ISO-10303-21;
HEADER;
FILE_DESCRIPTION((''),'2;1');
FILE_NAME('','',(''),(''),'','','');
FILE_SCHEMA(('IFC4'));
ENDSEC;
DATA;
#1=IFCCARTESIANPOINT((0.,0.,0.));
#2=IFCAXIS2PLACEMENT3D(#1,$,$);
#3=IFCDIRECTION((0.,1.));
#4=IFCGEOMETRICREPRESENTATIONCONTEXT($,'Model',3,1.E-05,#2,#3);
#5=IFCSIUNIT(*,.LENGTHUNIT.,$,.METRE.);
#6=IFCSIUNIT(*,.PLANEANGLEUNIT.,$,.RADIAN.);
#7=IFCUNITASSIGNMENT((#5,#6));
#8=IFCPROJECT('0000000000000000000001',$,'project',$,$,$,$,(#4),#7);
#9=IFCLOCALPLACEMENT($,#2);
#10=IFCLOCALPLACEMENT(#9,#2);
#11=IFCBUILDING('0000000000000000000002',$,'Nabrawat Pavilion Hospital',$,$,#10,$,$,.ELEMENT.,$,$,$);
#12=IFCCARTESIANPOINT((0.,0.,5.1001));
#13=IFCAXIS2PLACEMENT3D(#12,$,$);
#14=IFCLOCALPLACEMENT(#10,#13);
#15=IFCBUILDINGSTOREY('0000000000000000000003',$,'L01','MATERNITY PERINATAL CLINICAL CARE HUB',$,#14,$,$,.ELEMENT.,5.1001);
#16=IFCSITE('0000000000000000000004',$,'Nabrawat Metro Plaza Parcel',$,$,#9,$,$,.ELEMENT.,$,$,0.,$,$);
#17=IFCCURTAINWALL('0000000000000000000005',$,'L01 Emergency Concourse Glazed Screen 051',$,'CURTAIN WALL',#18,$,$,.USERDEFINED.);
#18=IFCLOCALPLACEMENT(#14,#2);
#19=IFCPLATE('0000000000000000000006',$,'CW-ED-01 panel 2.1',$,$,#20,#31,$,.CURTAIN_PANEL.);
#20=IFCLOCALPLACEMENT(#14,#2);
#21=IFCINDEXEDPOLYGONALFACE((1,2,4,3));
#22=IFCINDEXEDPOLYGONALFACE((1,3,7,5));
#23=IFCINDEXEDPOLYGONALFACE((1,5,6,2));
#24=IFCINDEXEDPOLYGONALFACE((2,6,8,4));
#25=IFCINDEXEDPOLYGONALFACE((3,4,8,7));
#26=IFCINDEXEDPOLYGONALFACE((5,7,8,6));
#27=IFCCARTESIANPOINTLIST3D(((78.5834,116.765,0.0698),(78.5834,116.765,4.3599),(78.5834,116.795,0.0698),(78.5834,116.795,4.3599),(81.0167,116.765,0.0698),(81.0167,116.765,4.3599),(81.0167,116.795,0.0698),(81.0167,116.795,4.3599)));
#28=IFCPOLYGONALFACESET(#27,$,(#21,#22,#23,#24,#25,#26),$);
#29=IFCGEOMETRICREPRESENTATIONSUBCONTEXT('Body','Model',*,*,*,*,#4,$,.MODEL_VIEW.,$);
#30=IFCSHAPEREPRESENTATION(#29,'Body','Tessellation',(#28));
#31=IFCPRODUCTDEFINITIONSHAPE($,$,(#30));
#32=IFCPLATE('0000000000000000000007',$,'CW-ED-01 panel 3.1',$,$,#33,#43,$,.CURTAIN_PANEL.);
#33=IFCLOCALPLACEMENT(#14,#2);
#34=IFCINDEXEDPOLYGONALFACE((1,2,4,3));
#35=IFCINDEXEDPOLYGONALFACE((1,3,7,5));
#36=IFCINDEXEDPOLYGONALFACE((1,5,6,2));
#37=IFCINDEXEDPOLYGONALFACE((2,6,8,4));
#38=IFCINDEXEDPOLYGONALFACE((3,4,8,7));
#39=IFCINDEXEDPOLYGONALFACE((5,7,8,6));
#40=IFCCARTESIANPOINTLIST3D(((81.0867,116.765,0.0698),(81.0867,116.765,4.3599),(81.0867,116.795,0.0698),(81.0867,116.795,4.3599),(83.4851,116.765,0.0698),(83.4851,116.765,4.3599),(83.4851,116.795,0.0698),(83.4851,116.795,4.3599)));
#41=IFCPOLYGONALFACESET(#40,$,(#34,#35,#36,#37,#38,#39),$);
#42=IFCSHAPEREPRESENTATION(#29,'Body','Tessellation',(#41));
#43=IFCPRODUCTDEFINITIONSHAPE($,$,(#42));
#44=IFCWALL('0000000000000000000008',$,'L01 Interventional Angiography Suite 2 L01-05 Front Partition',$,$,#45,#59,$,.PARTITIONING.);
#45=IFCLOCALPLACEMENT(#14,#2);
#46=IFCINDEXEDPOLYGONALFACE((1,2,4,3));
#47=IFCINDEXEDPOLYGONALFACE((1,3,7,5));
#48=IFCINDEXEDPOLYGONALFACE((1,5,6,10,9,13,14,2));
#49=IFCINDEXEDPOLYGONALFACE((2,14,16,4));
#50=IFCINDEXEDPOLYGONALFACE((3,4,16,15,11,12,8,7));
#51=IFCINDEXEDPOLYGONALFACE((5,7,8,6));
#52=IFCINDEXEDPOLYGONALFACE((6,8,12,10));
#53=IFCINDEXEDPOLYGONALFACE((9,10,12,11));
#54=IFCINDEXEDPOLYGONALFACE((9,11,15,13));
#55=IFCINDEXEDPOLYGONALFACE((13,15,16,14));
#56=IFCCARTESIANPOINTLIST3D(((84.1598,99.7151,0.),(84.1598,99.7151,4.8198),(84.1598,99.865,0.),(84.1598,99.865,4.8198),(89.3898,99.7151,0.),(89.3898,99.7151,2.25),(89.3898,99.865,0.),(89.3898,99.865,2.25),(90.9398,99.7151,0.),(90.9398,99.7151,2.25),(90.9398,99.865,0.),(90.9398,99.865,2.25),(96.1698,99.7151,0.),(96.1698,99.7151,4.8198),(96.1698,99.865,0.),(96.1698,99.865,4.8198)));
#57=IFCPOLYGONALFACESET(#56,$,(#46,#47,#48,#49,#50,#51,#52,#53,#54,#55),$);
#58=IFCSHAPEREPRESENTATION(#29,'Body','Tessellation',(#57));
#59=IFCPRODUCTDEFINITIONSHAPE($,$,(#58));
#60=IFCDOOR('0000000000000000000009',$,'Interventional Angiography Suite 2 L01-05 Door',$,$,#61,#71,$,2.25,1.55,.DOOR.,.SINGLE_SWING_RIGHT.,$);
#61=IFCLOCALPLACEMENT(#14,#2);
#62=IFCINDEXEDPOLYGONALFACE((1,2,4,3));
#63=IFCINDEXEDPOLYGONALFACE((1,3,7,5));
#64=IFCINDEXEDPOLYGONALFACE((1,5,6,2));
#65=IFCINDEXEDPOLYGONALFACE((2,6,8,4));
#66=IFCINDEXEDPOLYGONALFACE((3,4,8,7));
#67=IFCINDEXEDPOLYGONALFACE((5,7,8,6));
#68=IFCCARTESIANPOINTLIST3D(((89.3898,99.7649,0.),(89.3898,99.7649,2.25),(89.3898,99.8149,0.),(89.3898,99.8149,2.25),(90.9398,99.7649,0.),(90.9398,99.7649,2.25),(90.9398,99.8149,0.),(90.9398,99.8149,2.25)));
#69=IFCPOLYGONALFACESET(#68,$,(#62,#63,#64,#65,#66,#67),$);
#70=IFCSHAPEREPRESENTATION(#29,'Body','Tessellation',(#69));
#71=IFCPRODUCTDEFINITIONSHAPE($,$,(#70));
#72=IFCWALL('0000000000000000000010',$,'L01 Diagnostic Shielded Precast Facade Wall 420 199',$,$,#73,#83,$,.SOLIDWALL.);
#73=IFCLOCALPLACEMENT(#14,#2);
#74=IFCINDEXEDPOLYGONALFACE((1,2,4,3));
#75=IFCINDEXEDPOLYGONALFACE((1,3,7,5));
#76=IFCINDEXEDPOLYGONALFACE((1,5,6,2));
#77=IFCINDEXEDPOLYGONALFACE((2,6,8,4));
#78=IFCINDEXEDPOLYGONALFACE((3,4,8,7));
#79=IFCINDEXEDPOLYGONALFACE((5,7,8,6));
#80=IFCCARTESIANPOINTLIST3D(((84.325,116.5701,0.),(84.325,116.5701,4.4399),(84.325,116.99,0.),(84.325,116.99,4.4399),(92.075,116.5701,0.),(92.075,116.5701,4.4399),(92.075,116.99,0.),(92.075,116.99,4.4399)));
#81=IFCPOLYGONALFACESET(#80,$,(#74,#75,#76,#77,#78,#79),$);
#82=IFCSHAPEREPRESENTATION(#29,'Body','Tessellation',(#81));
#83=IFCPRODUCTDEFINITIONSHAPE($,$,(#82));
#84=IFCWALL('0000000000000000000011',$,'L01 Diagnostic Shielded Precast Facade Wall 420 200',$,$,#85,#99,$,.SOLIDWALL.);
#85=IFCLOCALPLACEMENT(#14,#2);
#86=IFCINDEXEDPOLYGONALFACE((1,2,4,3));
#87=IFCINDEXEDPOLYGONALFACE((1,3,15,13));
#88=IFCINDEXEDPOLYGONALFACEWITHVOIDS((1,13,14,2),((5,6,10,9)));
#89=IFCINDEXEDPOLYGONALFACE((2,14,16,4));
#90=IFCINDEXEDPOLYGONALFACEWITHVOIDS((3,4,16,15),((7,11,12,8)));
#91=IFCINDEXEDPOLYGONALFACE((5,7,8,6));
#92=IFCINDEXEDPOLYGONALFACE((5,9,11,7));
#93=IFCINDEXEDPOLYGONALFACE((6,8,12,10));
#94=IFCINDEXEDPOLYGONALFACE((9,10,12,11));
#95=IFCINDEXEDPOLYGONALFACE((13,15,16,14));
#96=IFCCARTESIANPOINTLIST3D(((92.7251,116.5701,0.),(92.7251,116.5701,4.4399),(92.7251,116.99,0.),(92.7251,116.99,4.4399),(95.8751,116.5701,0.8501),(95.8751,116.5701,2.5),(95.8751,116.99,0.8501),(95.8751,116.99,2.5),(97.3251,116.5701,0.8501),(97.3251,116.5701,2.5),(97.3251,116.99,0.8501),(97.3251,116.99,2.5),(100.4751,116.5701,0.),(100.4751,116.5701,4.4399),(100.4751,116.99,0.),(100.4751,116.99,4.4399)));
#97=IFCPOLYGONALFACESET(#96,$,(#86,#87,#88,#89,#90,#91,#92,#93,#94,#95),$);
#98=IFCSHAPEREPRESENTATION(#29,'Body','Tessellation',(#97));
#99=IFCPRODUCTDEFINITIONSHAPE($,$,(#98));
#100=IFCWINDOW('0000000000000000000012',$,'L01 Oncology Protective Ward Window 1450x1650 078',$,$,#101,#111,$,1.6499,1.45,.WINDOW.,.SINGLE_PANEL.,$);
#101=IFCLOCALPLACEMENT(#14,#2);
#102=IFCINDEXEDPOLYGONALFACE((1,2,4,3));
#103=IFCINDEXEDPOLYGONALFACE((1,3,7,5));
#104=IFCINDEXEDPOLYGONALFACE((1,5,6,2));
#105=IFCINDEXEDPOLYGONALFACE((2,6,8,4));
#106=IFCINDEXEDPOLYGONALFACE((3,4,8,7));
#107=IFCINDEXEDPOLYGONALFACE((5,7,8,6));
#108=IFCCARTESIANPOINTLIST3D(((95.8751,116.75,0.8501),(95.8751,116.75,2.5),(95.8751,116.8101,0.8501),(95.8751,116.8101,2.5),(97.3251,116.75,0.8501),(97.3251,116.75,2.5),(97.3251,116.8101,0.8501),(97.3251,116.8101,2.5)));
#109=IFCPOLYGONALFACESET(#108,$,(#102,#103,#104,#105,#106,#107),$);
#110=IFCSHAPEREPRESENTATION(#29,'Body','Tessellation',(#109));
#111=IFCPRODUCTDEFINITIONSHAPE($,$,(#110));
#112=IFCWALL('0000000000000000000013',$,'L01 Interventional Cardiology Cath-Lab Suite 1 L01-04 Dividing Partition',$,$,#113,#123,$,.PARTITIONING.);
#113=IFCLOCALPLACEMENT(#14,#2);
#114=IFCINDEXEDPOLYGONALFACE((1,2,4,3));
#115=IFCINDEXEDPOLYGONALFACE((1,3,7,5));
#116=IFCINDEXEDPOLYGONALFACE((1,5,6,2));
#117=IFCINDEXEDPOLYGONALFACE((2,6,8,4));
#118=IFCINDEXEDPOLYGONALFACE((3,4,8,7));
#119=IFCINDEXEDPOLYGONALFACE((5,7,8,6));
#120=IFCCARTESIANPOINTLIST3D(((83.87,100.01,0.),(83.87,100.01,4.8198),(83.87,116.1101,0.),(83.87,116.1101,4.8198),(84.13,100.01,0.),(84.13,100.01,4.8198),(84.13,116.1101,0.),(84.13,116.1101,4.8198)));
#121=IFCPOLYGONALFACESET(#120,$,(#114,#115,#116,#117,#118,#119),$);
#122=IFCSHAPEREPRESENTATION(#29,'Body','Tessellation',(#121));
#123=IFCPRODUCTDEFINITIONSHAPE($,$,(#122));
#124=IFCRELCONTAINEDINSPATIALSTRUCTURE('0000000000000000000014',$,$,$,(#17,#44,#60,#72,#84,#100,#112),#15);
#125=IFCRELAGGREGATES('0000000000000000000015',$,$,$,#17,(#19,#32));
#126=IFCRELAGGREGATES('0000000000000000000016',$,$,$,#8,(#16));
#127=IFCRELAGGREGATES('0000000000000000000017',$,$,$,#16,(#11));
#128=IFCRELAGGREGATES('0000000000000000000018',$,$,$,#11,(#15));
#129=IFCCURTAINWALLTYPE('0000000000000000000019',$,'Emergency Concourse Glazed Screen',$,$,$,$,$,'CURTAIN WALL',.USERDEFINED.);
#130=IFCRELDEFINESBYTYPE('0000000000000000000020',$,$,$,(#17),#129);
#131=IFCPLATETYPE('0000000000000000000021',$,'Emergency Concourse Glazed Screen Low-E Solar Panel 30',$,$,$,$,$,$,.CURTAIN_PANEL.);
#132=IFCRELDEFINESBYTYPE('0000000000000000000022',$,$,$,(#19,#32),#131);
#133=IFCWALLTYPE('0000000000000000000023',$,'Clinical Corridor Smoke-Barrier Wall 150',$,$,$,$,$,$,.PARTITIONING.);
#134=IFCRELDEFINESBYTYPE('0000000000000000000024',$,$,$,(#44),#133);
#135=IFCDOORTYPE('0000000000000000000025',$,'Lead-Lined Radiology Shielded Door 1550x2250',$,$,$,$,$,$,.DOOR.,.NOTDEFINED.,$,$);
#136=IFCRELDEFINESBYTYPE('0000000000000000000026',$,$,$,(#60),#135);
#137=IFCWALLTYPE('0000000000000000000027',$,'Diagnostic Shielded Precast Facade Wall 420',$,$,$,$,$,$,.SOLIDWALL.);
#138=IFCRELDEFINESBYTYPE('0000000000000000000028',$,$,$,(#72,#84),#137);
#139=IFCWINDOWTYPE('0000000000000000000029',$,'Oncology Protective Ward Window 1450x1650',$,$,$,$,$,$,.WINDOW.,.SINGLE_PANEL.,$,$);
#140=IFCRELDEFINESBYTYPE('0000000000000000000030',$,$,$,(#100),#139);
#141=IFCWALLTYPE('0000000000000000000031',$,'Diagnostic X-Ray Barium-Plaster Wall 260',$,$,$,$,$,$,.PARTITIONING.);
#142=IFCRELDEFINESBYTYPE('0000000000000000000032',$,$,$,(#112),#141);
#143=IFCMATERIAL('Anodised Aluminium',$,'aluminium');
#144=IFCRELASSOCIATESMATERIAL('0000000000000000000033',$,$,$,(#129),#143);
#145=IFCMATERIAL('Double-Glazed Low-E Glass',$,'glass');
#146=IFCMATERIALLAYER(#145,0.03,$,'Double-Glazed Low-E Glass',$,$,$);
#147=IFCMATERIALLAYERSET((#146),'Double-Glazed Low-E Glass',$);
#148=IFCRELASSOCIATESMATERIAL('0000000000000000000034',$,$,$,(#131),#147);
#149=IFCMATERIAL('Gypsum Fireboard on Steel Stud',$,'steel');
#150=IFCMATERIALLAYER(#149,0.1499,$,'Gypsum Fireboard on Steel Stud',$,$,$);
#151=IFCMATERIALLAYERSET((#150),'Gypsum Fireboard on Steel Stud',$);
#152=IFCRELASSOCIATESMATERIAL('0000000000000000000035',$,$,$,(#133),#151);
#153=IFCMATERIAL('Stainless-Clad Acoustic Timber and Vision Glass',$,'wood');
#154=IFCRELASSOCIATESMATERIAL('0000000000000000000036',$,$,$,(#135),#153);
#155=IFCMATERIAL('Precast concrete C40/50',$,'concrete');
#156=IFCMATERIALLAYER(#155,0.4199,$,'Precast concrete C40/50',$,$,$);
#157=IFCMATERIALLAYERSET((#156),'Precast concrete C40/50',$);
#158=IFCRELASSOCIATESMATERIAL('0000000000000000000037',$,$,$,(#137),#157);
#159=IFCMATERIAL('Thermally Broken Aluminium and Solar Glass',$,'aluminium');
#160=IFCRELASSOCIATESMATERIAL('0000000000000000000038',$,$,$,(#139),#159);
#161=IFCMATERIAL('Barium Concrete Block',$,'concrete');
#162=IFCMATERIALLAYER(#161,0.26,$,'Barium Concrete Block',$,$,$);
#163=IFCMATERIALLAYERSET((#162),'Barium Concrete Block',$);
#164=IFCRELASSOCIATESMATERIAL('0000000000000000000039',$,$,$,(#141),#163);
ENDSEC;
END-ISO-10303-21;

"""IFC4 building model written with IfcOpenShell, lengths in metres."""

from ifc_helpers import new_model, si_unit, direction, frame, frame_2d, origin, origin_2d, place, context, subcontext, project, spatial, rectangle, extrude, material, layer, layer_set, type_object, element, fill, aggregate, save


model = new_model("IFC4")

# Units and contexts
model_context = context("Model", 3, precision=1e-05, world=origin(), true_north=direction((0.0, 1.0)))
body_context = subcontext(model_context, "Body", "Model", "MODEL_VIEW")
ifc_project = project(units=[si_unit("LENGTHUNIT", "METRE"), si_unit("PLANEANGLEUNIT", "RADIAN")], contexts=[model_context])

# Site, building, storey
site_placement = place(None, origin())
site = spatial("IfcSite", under=ifc_project, at=site_placement, Name="Nabrawat Metro Plaza Parcel", CompositionType="ELEMENT", RefElevation=0.0)
building_placement = place(site_placement, origin())
building = spatial("IfcBuilding", under=site, at=building_placement, Name="Nabrawat Pavilion Hospital", CompositionType="ELEMENT")
storey_placement = place(building_placement, frame((0.0, 0.0, 5.1001)))
storey = spatial("IfcBuildingStorey", under=building, at=storey_placement, Name="L01", Description="MATERNITY PERINATAL CLINICAL CARE HUB", CompositionType="ELEMENT", Elevation=5.1001)

# Curtain wall
ifc_material_1 = material(Name="Anodised Aluminium", Category="aluminium")
curtain_wall_type = type_object("IfcCurtainWallType", Name="Emergency Concourse Glazed Screen", ElementType="CURTAIN WALL", PredefinedType="USERDEFINED", material=ifc_material_1)
curtain_wall_placement = place(storey_placement, origin())
curtain_wall = element("IfcCurtainWall", 1, at=curtain_wall_placement, inside=storey, type_object=curtain_wall_type, Name="L01 Emergency Concourse Glazed Screen 051", ObjectType="CURTAIN WALL", PredefinedType="USERDEFINED")

# Plates
ifc_material_2 = material(Name="Double-Glazed Low-E Glass", Category="glass")
ifc_layer_1 = layer(ifc_material_2, 0.03, Name="Double-Glazed Low-E Glass")
ifc_layer_set_1 = layer_set([ifc_layer_1], Name="Double-Glazed Low-E Glass")
plate_type = type_object("IfcPlateType", Name="Emergency Concourse Glazed Screen Low-E Solar Panel 30", PredefinedType="CURTAIN_PANEL", material=ifc_layer_set_1)
plate_1_placement = place(storey_placement, frame((79.8, 116.78, 0.0698), z_axis=(0.0, 0.0, 1.0), x_axis=(1.0, 0.0, 0.0)))
plate_1 = element("IfcPlate", 2, at=plate_1_placement, type_object=plate_type, Name="CW-ED-01 panel 2.1", PredefinedType="CURTAIN_PANEL", context=body_context, shape_type="SweptSolid", body=[
    extrude(rectangle(XDim=2.4333, YDim=0.03, at=origin_2d()), origin(), (0.0, 0.0, 1.0), 4.29),
])
plate_2_placement = place(storey_placement, frame((82.2859, 116.78, 0.0698), z_axis=(0.0, 0.0, 1.0), x_axis=(1.0, 0.0, 0.0)))
plate_2 = element("IfcPlate", 3, at=plate_2_placement, type_object=plate_type, Name="CW-ED-01 panel 3.1", PredefinedType="CURTAIN_PANEL", context=body_context, shape_type="SweptSolid", body=[
    extrude(rectangle(XDim=2.3984, YDim=0.03, at=origin_2d()), origin(), (0.0, 0.0, 1.0), 4.29),
])
aggregate(curtain_wall, [plate_1, plate_2])

# Wall, opening, door
ifc_material_3 = material(Name="Gypsum Fireboard on Steel Stud", Category="steel")
ifc_layer_2 = layer(ifc_material_3, 0.1499, Name="Gypsum Fireboard on Steel Stud")
ifc_layer_set_2 = layer_set([ifc_layer_2], Name="Gypsum Fireboard on Steel Stud")
wall_type_1 = type_object("IfcWallType", Name="Clinical Corridor Smoke-Barrier Wall 150", PredefinedType="PARTITIONING", material=ifc_layer_set_2)
wall_1_placement = place(storey_placement, frame((84.1599, 99.79, 0.0), z_axis=(0.0, 0.0, 1.0), x_axis=(1.0, 0.0, 0.0)))
wall_1 = element("IfcWall", 4, at=wall_1_placement, inside=storey, type_object=wall_type_1, Name="L01 Interventional Angiography Suite 2 L01-05 Front Partition", PredefinedType="PARTITIONING", context=body_context, shape_type="SweptSolid", body=[
    extrude(rectangle(XDim=12.01, YDim=0.1499, at=frame_2d((6.0049, 0.0))), origin(), (0.0, 0.0, 1.0), 4.8198),
])
opening_1_placement = place(wall_1_placement, frame((5.23, 0.0, 0.0)))
opening_1 = element("IfcOpeningElement", 5, at=opening_1_placement, cuts=wall_1, PredefinedType="OPENING", context=body_context, shape_type="SweptSolid", body=[
    extrude(rectangle(XDim=1.55, YDim=2.25, at=frame_2d((0.7749, 1.125))), frame((0.0, 0.085, 0.0), z_axis=(0.0, -1.0, 0.0), x_axis=(1.0, 0.0, 0.0)), (0.0, 0.0, 1.0), 0.1699),
])
ifc_material_4 = material(Name="Stainless-Clad Acoustic Timber and Vision Glass", Category="wood")
door_type = type_object("IfcDoorType", Name="Lead-Lined Radiology Shielded Door 1550x2250", OperationType="NOTDEFINED", PredefinedType="DOOR", material=ifc_material_4)
door_placement = place(opening_1_placement, origin())
door = element("IfcDoor", 6, at=door_placement, inside=storey, type_object=door_type, Name="Interventional Angiography Suite 2 L01-05 Door", OperationType="SINGLE_SWING_RIGHT", OverallHeight=2.25, OverallWidth=1.55, PredefinedType="DOOR", context=body_context, shape_type="SweptSolid", body=[
    extrude(rectangle(XDim=1.55, YDim=2.25, at=frame_2d((0.7749, 1.125))), frame((0.0, 0.0249, 0.0), z_axis=(0.0, -1.0, 0.0), x_axis=(1.0, 0.0, 0.0)), (0.0, 0.0, 1.0), 0.05),
])
fill(opening_1, door)

# Wall
ifc_material_5 = material(Name="Precast concrete C40/50", Category="concrete")
ifc_layer_3 = layer(ifc_material_5, 0.4199, Name="Precast concrete C40/50")
ifc_layer_set_3 = layer_set([ifc_layer_3], Name="Precast concrete C40/50")
wall_type_2 = type_object("IfcWallType", Name="Diagnostic Shielded Precast Facade Wall 420", PredefinedType="SOLIDWALL", material=ifc_layer_set_3)
wall_2_placement = place(storey_placement, frame((84.325, 116.78, 0.0), z_axis=(0.0, 0.0, 1.0), x_axis=(1.0, 0.0, 0.0)))
element("IfcWall", 7, at=wall_2_placement, inside=storey, type_object=wall_type_2, Name="L01 Diagnostic Shielded Precast Facade Wall 420 199", PredefinedType="SOLIDWALL", context=body_context, shape_type="SweptSolid", body=[
    extrude(rectangle(XDim=7.75, YDim=0.4199, at=frame_2d((3.875, 0.0))), origin(), (0.0, 0.0, 1.0), 4.4399),
])

# Wall, opening, window
wall_3_placement = place(storey_placement, frame((92.7251, 116.78, 0.0), z_axis=(0.0, 0.0, 1.0), x_axis=(1.0, 0.0, 0.0)))
wall_3 = element("IfcWall", 8, at=wall_3_placement, inside=storey, type_object=wall_type_2, Name="L01 Diagnostic Shielded Precast Facade Wall 420 200", PredefinedType="SOLIDWALL", context=body_context, shape_type="SweptSolid", body=[
    extrude(rectangle(XDim=7.75, YDim=0.4199, at=frame_2d((3.875, 0.0))), origin(), (0.0, 0.0, 1.0), 4.4399),
])
opening_2_placement = place(wall_3_placement, frame((3.1499, 0.0, 0.8501)))
opening_2 = element("IfcOpeningElement", 9, at=opening_2_placement, cuts=wall_3, PredefinedType="OPENING", context=body_context, shape_type="SweptSolid", body=[
    extrude(rectangle(XDim=1.45, YDim=1.6499, at=frame_2d((0.7251, 0.825))), frame((0.0, 0.22, 0.0), z_axis=(0.0, -1.0, 0.0), x_axis=(1.0, 0.0, 0.0)), (0.0, 0.0, 1.0), 0.4399),
])
ifc_material_6 = material(Name="Thermally Broken Aluminium and Solar Glass", Category="aluminium")
window_type = type_object("IfcWindowType", Name="Oncology Protective Ward Window 1450x1650", PartitioningType="SINGLE_PANEL", PredefinedType="WINDOW", material=ifc_material_6)
window_placement = place(opening_2_placement, origin())
window = element("IfcWindow", 10, at=window_placement, inside=storey, type_object=window_type, Name="L01 Oncology Protective Ward Window 1450x1650 078", OverallHeight=1.6499, OverallWidth=1.45, PartitioningType="SINGLE_PANEL", PredefinedType="WINDOW", context=body_context, shape_type="SweptSolid", body=[
    extrude(rectangle(XDim=1.45, YDim=1.6499, at=frame_2d((0.7251, 0.825))), frame((0.0, 0.03, 0.0), z_axis=(0.0, -1.0, 0.0), x_axis=(1.0, 0.0, 0.0)), (0.0, 0.0, 1.0), 0.0601),
])
fill(opening_2, window)

# Wall
ifc_material_7 = material(Name="Barium Concrete Block", Category="concrete")
ifc_layer_4 = layer(ifc_material_7, 0.26, Name="Barium Concrete Block")
ifc_layer_set_4 = layer_set([ifc_layer_4], Name="Barium Concrete Block")
wall_type_3 = type_object("IfcWallType", Name="Diagnostic X-Ray Barium-Plaster Wall 260", PredefinedType="PARTITIONING", material=ifc_layer_set_4)
wall_4_placement = place(storey_placement, frame((84.0, 100.01, 0.0), z_axis=(0.0, 0.0, 1.0), x_axis=(0.0, 1.0, 0.0)))
element("IfcWall", 11, at=wall_4_placement, inside=storey, type_object=wall_type_3, Name="L01 Interventional Cardiology Cath-Lab Suite 1 L01-04 Dividing Partition", PredefinedType="PARTITIONING", context=body_context, shape_type="SweptSolid", body=[
    extrude(rectangle(XDim=16.1001, YDim=0.26, at=frame_2d((8.05, 0.0))), origin(), (0.0, 0.0, 1.0), 4.8198),
])

save(model, "model.ifc")
